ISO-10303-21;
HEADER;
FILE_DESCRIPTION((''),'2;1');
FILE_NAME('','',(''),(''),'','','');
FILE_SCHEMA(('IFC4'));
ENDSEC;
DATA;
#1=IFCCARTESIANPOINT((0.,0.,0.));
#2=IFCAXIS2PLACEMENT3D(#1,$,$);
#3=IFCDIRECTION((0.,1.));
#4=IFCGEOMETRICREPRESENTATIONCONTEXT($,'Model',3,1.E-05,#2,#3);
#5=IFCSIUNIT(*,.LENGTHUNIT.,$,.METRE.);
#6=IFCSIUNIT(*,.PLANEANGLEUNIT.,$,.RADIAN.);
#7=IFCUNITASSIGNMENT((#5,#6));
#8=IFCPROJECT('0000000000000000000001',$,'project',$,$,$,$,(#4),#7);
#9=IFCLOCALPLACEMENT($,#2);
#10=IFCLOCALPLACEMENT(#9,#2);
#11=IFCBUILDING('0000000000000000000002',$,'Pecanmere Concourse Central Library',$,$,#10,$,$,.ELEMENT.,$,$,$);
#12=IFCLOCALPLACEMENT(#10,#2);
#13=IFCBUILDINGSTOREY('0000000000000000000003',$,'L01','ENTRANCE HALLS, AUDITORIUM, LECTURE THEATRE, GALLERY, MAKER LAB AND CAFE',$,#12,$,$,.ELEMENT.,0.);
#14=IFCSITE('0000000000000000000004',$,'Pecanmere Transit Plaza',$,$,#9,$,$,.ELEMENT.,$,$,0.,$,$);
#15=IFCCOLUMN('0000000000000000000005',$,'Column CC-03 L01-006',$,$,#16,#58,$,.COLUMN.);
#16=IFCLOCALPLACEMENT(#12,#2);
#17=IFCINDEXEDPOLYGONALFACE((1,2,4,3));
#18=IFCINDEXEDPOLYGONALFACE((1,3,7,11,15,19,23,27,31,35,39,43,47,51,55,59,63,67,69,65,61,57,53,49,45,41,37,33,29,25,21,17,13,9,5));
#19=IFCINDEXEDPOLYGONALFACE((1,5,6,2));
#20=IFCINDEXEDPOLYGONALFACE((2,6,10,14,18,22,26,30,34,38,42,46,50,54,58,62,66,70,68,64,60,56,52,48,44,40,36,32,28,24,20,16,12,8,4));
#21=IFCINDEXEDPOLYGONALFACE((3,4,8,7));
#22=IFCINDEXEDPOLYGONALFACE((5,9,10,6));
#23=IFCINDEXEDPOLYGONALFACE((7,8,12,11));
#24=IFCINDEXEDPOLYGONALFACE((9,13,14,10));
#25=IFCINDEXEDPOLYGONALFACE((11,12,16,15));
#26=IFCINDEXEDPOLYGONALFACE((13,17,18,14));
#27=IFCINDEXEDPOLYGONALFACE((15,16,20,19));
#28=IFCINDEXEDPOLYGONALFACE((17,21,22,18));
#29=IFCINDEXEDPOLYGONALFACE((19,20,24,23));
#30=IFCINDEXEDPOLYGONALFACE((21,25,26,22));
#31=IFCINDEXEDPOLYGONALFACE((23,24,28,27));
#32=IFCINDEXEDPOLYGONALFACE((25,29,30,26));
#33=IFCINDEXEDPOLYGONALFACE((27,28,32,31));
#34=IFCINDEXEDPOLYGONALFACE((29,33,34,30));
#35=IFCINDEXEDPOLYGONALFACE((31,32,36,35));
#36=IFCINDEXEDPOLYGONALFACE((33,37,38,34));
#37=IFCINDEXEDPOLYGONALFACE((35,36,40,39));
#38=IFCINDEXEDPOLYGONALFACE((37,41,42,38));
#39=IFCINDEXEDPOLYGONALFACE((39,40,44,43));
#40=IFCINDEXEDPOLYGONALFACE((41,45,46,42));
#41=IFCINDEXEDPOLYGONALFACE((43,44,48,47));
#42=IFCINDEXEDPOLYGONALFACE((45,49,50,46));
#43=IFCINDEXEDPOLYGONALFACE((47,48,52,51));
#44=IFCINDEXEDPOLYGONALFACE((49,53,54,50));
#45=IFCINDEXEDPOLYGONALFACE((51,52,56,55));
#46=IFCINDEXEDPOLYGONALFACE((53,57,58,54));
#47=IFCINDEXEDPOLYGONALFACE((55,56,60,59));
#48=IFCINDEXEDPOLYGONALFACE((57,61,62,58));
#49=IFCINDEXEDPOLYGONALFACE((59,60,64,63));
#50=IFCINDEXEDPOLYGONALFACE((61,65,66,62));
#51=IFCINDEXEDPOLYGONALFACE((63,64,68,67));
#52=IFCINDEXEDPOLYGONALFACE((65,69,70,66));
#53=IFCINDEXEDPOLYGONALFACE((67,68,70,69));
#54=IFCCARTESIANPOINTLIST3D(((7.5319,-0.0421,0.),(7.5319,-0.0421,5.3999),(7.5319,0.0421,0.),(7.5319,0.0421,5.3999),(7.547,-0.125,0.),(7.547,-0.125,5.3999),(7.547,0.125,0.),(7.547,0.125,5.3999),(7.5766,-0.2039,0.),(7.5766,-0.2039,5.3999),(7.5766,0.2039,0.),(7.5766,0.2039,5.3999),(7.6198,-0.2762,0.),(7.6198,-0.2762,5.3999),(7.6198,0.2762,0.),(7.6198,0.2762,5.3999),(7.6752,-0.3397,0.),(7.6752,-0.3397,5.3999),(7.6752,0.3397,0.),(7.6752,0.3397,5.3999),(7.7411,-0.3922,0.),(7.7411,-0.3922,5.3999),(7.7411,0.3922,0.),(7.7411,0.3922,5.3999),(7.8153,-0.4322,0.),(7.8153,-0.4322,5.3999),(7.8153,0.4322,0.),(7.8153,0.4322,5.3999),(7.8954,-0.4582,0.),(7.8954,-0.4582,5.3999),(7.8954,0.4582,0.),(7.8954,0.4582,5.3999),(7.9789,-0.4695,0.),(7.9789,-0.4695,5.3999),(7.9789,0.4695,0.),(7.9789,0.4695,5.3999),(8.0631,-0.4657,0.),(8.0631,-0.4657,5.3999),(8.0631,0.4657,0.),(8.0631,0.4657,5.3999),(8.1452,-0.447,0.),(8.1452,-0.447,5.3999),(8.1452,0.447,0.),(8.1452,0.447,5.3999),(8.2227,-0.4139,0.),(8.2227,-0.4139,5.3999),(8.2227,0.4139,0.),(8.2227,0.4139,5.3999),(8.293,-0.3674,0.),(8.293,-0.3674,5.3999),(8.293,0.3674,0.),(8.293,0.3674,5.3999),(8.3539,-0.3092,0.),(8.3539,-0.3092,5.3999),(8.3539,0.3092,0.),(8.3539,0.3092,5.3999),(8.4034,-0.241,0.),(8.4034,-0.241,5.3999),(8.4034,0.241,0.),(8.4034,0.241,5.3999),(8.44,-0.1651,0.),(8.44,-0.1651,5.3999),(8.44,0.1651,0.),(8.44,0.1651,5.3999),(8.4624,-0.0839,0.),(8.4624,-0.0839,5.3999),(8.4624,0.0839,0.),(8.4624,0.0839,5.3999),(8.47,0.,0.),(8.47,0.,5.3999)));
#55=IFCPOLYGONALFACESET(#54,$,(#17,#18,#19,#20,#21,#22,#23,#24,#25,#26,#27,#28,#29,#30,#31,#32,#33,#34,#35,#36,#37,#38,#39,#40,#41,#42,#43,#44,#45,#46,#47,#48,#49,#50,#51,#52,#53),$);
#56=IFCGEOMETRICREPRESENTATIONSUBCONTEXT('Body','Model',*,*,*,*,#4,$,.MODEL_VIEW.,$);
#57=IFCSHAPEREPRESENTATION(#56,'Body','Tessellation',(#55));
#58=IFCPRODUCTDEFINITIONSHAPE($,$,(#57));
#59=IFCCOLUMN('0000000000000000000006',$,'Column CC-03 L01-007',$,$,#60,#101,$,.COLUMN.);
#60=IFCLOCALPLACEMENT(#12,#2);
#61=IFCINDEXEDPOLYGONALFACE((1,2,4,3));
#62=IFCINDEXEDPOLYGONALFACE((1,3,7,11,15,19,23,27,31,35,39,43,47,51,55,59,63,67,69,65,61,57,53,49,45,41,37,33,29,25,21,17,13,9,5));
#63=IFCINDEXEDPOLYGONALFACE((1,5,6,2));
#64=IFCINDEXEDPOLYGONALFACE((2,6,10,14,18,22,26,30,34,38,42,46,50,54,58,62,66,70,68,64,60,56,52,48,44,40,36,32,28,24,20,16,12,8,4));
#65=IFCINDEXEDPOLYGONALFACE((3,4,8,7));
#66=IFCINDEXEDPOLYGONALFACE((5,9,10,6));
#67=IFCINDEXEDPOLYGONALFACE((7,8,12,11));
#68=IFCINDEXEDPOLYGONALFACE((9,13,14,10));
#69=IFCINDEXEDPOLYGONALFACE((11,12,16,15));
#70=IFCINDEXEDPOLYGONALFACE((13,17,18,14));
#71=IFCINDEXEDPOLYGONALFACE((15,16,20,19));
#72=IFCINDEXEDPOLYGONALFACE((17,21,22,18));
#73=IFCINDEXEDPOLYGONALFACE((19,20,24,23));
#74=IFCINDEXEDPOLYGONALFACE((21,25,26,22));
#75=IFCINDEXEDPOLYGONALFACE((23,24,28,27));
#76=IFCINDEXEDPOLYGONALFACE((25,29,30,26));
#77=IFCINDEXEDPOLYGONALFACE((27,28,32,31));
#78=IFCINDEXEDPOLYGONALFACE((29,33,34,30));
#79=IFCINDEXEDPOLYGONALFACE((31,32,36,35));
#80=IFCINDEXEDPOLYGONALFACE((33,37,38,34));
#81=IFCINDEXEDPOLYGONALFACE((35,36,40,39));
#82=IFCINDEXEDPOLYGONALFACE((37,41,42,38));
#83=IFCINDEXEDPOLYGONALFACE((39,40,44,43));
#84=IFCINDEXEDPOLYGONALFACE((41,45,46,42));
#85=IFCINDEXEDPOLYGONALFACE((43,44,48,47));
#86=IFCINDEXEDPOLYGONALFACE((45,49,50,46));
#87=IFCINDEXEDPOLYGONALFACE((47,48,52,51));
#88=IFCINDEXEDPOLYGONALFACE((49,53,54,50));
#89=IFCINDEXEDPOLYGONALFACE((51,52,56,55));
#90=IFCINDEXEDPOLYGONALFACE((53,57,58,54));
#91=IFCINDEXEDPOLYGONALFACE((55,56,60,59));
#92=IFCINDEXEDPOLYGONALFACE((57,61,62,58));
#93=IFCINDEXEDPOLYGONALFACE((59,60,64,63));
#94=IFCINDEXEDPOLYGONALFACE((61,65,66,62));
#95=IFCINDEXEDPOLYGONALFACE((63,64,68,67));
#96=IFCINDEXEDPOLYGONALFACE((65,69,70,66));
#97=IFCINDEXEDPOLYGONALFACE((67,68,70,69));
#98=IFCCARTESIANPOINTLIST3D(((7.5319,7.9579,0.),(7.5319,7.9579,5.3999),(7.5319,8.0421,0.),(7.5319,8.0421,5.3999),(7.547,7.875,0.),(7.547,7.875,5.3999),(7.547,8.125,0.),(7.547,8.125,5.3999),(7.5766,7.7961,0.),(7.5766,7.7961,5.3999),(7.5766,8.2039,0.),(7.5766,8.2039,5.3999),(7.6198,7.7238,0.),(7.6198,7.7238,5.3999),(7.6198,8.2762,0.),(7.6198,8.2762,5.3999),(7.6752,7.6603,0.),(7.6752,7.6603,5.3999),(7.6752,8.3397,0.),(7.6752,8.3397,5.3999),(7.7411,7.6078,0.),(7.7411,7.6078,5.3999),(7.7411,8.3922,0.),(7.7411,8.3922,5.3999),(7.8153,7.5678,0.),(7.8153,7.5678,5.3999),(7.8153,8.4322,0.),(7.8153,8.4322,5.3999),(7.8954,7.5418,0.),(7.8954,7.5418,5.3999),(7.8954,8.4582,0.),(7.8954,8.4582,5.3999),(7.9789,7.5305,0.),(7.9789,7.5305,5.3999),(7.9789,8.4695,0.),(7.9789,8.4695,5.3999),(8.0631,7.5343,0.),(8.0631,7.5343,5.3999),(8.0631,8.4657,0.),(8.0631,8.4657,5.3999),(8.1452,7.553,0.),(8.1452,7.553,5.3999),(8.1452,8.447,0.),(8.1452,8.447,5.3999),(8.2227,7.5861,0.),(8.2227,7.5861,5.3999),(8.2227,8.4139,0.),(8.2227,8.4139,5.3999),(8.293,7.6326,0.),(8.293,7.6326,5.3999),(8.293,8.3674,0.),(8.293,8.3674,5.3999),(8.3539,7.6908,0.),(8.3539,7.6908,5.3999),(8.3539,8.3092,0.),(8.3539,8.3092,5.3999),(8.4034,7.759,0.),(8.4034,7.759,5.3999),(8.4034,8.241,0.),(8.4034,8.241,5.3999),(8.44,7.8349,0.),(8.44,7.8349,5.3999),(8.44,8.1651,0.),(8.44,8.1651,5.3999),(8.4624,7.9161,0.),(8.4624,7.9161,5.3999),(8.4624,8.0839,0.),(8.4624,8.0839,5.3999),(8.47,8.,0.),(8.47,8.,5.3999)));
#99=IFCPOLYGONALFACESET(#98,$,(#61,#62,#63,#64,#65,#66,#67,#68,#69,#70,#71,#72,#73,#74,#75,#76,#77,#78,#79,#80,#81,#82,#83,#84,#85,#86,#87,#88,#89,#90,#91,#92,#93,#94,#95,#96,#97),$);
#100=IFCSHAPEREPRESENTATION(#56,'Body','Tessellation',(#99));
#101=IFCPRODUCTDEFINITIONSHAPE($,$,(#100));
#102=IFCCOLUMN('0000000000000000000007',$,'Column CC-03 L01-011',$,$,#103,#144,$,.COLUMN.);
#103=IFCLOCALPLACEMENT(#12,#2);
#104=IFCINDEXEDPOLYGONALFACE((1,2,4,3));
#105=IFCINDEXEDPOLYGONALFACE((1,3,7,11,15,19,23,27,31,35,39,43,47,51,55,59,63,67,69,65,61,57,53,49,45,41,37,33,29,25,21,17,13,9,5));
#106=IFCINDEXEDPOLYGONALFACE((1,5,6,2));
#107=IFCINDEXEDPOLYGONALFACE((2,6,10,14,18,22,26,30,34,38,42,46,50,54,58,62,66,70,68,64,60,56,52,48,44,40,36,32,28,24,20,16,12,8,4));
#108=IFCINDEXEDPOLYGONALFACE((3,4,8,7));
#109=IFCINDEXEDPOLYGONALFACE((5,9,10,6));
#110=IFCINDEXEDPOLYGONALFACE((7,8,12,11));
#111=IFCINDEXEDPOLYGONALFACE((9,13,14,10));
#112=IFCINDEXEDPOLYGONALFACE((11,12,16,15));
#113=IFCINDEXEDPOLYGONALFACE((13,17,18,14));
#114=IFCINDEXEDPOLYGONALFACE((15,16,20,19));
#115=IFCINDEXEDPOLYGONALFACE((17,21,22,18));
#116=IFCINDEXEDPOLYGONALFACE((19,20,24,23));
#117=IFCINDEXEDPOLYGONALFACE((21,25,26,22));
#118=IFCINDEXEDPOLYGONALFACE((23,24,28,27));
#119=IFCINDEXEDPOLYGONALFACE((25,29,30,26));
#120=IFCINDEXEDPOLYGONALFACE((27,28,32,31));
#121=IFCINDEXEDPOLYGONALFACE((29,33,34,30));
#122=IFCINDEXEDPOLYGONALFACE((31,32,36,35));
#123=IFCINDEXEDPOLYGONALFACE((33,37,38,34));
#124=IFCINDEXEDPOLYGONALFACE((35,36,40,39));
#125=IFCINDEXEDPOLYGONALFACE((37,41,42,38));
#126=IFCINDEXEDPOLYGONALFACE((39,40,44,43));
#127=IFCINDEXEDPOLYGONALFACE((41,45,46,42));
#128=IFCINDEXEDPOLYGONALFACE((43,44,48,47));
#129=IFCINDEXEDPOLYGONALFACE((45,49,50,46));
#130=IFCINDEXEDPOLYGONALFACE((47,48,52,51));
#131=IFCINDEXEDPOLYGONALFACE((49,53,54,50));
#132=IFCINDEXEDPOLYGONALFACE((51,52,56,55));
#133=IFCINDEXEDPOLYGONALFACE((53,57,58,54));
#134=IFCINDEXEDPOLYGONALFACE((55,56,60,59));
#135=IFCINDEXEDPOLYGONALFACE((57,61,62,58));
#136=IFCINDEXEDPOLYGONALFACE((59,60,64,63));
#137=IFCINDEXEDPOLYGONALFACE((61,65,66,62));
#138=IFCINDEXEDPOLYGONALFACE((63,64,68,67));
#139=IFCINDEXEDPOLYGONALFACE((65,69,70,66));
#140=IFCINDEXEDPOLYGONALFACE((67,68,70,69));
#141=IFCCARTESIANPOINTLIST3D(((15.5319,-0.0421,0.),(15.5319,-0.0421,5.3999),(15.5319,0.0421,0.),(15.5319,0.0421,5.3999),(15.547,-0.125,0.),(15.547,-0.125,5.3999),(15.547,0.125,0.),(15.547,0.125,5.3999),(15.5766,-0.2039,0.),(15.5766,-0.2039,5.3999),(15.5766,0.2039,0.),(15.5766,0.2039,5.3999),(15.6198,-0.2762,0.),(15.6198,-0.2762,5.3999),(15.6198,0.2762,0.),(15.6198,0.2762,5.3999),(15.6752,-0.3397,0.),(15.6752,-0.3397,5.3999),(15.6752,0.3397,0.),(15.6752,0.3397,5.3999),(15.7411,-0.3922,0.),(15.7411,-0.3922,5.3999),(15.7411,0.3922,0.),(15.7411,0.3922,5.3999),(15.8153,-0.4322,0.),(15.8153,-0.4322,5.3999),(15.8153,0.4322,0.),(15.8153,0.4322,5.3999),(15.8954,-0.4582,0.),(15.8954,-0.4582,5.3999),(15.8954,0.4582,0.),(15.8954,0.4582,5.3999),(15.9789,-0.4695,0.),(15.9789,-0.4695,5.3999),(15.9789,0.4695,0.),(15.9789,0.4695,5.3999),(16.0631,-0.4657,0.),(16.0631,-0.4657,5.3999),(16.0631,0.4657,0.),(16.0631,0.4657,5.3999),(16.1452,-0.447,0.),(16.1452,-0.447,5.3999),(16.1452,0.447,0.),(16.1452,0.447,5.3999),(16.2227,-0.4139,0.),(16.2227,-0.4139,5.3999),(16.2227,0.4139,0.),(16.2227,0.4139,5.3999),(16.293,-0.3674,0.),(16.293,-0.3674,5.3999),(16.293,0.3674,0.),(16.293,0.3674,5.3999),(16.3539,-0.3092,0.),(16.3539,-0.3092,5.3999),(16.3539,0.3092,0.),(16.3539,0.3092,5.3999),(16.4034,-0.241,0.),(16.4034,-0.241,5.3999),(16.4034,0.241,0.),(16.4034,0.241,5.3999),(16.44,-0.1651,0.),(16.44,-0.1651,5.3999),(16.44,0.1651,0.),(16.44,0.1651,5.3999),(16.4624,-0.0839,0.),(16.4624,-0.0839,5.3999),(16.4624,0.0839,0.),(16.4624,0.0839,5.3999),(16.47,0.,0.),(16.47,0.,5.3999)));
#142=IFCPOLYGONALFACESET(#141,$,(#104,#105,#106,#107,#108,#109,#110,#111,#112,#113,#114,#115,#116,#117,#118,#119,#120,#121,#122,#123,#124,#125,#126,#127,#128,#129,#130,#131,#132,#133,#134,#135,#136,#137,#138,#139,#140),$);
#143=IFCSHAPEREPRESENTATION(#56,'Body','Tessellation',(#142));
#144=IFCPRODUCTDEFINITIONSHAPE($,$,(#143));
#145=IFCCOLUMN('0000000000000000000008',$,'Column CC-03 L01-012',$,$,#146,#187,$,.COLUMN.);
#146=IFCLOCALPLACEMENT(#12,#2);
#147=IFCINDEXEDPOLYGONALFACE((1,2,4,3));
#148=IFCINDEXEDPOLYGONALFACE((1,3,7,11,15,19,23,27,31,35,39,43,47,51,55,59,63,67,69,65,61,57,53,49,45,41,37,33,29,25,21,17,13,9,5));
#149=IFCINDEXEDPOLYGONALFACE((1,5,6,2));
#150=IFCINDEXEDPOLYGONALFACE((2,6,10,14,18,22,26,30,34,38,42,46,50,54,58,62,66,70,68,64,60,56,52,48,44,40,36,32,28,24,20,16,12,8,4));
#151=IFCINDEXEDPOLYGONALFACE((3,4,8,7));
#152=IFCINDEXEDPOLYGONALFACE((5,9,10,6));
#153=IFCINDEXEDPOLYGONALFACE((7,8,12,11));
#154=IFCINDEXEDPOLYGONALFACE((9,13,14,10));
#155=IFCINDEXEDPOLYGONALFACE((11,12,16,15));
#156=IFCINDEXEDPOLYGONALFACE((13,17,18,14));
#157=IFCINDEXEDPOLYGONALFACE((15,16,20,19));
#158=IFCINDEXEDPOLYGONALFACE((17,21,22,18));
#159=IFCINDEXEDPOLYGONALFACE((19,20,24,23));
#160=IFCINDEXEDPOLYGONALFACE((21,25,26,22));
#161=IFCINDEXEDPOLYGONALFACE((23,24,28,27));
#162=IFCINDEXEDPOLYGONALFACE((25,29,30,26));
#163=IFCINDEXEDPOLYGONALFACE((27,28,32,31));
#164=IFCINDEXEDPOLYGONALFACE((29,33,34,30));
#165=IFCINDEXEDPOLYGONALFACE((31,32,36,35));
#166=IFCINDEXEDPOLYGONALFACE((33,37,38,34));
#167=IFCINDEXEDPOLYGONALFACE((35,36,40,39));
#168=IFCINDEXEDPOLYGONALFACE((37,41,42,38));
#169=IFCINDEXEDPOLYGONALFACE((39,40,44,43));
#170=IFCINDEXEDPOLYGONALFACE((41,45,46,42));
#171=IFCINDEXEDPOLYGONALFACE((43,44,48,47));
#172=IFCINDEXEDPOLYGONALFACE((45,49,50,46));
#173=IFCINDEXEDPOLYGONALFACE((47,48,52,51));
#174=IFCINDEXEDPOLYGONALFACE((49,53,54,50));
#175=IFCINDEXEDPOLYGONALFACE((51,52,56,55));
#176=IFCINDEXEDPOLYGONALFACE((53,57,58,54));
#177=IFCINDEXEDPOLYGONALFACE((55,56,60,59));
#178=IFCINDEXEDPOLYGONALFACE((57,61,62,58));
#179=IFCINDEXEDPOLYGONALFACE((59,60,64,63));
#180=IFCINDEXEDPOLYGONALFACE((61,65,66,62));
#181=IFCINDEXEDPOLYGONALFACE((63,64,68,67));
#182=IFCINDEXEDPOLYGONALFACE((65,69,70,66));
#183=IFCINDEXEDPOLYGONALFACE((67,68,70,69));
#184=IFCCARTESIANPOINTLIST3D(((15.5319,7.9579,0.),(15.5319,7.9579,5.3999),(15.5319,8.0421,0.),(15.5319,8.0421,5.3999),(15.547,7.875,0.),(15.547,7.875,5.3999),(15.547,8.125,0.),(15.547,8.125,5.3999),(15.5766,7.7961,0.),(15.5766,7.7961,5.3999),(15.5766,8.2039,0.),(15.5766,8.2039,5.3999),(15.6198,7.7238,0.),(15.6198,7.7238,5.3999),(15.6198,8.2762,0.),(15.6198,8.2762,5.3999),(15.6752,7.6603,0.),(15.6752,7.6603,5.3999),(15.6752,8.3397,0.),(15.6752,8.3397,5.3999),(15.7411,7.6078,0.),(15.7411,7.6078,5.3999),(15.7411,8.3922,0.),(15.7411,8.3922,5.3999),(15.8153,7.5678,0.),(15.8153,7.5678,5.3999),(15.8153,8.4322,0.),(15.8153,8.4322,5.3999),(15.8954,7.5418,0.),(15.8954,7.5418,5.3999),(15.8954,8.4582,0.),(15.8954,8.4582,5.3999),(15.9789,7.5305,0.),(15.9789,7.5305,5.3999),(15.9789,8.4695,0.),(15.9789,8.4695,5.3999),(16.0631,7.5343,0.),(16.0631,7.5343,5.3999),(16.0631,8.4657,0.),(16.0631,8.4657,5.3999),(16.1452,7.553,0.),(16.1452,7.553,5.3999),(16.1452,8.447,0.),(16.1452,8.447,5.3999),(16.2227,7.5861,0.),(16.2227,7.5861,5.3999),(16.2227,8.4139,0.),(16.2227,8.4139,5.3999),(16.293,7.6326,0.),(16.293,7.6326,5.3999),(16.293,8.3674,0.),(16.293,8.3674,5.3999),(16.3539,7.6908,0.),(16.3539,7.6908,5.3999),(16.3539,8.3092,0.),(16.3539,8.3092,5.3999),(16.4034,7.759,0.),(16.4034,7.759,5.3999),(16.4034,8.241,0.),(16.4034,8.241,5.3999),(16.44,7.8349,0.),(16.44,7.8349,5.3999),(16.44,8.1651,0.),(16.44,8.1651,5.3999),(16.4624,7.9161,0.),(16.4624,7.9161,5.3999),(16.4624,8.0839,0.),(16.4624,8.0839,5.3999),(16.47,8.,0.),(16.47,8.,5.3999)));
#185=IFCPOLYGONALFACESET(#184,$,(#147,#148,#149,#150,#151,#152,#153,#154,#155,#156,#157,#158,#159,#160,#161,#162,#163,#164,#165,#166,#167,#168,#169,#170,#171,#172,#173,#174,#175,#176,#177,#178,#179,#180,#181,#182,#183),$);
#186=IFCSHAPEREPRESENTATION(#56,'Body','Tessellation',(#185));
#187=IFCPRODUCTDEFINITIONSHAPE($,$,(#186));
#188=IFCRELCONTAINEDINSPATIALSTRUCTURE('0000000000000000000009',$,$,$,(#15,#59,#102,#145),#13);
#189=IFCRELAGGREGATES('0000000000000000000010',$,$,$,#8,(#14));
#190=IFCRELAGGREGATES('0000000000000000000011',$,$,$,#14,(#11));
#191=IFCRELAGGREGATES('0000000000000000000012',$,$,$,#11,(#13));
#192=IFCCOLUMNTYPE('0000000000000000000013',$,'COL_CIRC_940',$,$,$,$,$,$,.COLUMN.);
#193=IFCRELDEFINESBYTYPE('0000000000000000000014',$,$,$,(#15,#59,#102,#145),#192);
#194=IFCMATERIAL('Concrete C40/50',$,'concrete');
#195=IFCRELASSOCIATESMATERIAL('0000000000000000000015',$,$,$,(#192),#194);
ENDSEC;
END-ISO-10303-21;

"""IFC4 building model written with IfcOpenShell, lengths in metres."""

from ifc_helpers import new_model, si_unit, direction, frame, origin, origin_2d, place, context, subcontext, project, spatial, circle, extrude, material, material_profile, profile_set, type_object, element, save


model = new_model("IFC4")

# Units and contexts
model_context = context("Model", 3, precision=1e-05, world=origin(), true_north=direction((0.0, 1.0)))
body_context = subcontext(model_context, "Body", "Model", "MODEL_VIEW")
ifc_project = project(units=[si_unit("LENGTHUNIT", "METRE"), si_unit("PLANEANGLEUNIT", "RADIAN")], contexts=[model_context])

# Site, building, storey
site_placement = place(None, origin())
site = spatial("IfcSite", under=ifc_project, at=site_placement, Name="Pecanmere Transit Plaza", CompositionType="ELEMENT", RefElevation=0.0)
building_placement = place(site_placement, origin())
building = spatial("IfcBuilding", under=site, at=building_placement, Name="Pecanmere Concourse Central Library", CompositionType="ELEMENT")
storey_placement = place(building_placement, origin())
storey = spatial("IfcBuildingStorey", under=building, at=storey_placement, Name="L01", Description="ENTRANCE HALLS, AUDITORIUM, LECTURE THEATRE, GALLERY, MAKER LAB AND CAFE", CompositionType="ELEMENT", Elevation=0.0)

# Columns
ifc_material_1 = material(Name="Concrete C40/50", Category="concrete")
ifc_material_profile = material_profile(ifc_material_1, circle(Radius=0.47, at=origin_2d()), Name="RC D940")
ifc_profile_set = profile_set([ifc_material_profile], Name="Concrete C40/50")
column_type = type_object("IfcColumnType", Name="COL_CIRC_940", PredefinedType="COLUMN", material=ifc_profile_set)
for number, where, z_axis, x_axis, name in (
    (1, (8.0, 0.0, 0.0), (0.0, 0.0, 1.0), (1.0, 0.0, 0.0), "Column CC-03 L01-006"),
    (2, (8.0, 8.0, 0.0), (0.0, 0.0, 1.0), (1.0, 0.0, 0.0), "Column CC-03 L01-007"),
    (3, (16.0, 0.0, 0.0), (0.0, 0.0, 1.0), (1.0, 0.0, 0.0), "Column CC-03 L01-011"),
    (4, (16.0, 8.0, 0.0), (0.0, 0.0, 1.0), (1.0, 0.0, 0.0), "Column CC-03 L01-012"),
):
    element("IfcColumn", number, at=place(storey_placement, frame(where, z_axis=z_axis, x_axis=x_axis)), inside=storey, type_object=column_type, Name=name, PredefinedType="COLUMN", context=body_context, shape_type="SweptSolid", body=[
        extrude(circle(Radius=0.47, at=origin_2d()), origin(), (0.0, 0.0, 1.0), 5.3999),
    ])

save(model, "model.ifc")
